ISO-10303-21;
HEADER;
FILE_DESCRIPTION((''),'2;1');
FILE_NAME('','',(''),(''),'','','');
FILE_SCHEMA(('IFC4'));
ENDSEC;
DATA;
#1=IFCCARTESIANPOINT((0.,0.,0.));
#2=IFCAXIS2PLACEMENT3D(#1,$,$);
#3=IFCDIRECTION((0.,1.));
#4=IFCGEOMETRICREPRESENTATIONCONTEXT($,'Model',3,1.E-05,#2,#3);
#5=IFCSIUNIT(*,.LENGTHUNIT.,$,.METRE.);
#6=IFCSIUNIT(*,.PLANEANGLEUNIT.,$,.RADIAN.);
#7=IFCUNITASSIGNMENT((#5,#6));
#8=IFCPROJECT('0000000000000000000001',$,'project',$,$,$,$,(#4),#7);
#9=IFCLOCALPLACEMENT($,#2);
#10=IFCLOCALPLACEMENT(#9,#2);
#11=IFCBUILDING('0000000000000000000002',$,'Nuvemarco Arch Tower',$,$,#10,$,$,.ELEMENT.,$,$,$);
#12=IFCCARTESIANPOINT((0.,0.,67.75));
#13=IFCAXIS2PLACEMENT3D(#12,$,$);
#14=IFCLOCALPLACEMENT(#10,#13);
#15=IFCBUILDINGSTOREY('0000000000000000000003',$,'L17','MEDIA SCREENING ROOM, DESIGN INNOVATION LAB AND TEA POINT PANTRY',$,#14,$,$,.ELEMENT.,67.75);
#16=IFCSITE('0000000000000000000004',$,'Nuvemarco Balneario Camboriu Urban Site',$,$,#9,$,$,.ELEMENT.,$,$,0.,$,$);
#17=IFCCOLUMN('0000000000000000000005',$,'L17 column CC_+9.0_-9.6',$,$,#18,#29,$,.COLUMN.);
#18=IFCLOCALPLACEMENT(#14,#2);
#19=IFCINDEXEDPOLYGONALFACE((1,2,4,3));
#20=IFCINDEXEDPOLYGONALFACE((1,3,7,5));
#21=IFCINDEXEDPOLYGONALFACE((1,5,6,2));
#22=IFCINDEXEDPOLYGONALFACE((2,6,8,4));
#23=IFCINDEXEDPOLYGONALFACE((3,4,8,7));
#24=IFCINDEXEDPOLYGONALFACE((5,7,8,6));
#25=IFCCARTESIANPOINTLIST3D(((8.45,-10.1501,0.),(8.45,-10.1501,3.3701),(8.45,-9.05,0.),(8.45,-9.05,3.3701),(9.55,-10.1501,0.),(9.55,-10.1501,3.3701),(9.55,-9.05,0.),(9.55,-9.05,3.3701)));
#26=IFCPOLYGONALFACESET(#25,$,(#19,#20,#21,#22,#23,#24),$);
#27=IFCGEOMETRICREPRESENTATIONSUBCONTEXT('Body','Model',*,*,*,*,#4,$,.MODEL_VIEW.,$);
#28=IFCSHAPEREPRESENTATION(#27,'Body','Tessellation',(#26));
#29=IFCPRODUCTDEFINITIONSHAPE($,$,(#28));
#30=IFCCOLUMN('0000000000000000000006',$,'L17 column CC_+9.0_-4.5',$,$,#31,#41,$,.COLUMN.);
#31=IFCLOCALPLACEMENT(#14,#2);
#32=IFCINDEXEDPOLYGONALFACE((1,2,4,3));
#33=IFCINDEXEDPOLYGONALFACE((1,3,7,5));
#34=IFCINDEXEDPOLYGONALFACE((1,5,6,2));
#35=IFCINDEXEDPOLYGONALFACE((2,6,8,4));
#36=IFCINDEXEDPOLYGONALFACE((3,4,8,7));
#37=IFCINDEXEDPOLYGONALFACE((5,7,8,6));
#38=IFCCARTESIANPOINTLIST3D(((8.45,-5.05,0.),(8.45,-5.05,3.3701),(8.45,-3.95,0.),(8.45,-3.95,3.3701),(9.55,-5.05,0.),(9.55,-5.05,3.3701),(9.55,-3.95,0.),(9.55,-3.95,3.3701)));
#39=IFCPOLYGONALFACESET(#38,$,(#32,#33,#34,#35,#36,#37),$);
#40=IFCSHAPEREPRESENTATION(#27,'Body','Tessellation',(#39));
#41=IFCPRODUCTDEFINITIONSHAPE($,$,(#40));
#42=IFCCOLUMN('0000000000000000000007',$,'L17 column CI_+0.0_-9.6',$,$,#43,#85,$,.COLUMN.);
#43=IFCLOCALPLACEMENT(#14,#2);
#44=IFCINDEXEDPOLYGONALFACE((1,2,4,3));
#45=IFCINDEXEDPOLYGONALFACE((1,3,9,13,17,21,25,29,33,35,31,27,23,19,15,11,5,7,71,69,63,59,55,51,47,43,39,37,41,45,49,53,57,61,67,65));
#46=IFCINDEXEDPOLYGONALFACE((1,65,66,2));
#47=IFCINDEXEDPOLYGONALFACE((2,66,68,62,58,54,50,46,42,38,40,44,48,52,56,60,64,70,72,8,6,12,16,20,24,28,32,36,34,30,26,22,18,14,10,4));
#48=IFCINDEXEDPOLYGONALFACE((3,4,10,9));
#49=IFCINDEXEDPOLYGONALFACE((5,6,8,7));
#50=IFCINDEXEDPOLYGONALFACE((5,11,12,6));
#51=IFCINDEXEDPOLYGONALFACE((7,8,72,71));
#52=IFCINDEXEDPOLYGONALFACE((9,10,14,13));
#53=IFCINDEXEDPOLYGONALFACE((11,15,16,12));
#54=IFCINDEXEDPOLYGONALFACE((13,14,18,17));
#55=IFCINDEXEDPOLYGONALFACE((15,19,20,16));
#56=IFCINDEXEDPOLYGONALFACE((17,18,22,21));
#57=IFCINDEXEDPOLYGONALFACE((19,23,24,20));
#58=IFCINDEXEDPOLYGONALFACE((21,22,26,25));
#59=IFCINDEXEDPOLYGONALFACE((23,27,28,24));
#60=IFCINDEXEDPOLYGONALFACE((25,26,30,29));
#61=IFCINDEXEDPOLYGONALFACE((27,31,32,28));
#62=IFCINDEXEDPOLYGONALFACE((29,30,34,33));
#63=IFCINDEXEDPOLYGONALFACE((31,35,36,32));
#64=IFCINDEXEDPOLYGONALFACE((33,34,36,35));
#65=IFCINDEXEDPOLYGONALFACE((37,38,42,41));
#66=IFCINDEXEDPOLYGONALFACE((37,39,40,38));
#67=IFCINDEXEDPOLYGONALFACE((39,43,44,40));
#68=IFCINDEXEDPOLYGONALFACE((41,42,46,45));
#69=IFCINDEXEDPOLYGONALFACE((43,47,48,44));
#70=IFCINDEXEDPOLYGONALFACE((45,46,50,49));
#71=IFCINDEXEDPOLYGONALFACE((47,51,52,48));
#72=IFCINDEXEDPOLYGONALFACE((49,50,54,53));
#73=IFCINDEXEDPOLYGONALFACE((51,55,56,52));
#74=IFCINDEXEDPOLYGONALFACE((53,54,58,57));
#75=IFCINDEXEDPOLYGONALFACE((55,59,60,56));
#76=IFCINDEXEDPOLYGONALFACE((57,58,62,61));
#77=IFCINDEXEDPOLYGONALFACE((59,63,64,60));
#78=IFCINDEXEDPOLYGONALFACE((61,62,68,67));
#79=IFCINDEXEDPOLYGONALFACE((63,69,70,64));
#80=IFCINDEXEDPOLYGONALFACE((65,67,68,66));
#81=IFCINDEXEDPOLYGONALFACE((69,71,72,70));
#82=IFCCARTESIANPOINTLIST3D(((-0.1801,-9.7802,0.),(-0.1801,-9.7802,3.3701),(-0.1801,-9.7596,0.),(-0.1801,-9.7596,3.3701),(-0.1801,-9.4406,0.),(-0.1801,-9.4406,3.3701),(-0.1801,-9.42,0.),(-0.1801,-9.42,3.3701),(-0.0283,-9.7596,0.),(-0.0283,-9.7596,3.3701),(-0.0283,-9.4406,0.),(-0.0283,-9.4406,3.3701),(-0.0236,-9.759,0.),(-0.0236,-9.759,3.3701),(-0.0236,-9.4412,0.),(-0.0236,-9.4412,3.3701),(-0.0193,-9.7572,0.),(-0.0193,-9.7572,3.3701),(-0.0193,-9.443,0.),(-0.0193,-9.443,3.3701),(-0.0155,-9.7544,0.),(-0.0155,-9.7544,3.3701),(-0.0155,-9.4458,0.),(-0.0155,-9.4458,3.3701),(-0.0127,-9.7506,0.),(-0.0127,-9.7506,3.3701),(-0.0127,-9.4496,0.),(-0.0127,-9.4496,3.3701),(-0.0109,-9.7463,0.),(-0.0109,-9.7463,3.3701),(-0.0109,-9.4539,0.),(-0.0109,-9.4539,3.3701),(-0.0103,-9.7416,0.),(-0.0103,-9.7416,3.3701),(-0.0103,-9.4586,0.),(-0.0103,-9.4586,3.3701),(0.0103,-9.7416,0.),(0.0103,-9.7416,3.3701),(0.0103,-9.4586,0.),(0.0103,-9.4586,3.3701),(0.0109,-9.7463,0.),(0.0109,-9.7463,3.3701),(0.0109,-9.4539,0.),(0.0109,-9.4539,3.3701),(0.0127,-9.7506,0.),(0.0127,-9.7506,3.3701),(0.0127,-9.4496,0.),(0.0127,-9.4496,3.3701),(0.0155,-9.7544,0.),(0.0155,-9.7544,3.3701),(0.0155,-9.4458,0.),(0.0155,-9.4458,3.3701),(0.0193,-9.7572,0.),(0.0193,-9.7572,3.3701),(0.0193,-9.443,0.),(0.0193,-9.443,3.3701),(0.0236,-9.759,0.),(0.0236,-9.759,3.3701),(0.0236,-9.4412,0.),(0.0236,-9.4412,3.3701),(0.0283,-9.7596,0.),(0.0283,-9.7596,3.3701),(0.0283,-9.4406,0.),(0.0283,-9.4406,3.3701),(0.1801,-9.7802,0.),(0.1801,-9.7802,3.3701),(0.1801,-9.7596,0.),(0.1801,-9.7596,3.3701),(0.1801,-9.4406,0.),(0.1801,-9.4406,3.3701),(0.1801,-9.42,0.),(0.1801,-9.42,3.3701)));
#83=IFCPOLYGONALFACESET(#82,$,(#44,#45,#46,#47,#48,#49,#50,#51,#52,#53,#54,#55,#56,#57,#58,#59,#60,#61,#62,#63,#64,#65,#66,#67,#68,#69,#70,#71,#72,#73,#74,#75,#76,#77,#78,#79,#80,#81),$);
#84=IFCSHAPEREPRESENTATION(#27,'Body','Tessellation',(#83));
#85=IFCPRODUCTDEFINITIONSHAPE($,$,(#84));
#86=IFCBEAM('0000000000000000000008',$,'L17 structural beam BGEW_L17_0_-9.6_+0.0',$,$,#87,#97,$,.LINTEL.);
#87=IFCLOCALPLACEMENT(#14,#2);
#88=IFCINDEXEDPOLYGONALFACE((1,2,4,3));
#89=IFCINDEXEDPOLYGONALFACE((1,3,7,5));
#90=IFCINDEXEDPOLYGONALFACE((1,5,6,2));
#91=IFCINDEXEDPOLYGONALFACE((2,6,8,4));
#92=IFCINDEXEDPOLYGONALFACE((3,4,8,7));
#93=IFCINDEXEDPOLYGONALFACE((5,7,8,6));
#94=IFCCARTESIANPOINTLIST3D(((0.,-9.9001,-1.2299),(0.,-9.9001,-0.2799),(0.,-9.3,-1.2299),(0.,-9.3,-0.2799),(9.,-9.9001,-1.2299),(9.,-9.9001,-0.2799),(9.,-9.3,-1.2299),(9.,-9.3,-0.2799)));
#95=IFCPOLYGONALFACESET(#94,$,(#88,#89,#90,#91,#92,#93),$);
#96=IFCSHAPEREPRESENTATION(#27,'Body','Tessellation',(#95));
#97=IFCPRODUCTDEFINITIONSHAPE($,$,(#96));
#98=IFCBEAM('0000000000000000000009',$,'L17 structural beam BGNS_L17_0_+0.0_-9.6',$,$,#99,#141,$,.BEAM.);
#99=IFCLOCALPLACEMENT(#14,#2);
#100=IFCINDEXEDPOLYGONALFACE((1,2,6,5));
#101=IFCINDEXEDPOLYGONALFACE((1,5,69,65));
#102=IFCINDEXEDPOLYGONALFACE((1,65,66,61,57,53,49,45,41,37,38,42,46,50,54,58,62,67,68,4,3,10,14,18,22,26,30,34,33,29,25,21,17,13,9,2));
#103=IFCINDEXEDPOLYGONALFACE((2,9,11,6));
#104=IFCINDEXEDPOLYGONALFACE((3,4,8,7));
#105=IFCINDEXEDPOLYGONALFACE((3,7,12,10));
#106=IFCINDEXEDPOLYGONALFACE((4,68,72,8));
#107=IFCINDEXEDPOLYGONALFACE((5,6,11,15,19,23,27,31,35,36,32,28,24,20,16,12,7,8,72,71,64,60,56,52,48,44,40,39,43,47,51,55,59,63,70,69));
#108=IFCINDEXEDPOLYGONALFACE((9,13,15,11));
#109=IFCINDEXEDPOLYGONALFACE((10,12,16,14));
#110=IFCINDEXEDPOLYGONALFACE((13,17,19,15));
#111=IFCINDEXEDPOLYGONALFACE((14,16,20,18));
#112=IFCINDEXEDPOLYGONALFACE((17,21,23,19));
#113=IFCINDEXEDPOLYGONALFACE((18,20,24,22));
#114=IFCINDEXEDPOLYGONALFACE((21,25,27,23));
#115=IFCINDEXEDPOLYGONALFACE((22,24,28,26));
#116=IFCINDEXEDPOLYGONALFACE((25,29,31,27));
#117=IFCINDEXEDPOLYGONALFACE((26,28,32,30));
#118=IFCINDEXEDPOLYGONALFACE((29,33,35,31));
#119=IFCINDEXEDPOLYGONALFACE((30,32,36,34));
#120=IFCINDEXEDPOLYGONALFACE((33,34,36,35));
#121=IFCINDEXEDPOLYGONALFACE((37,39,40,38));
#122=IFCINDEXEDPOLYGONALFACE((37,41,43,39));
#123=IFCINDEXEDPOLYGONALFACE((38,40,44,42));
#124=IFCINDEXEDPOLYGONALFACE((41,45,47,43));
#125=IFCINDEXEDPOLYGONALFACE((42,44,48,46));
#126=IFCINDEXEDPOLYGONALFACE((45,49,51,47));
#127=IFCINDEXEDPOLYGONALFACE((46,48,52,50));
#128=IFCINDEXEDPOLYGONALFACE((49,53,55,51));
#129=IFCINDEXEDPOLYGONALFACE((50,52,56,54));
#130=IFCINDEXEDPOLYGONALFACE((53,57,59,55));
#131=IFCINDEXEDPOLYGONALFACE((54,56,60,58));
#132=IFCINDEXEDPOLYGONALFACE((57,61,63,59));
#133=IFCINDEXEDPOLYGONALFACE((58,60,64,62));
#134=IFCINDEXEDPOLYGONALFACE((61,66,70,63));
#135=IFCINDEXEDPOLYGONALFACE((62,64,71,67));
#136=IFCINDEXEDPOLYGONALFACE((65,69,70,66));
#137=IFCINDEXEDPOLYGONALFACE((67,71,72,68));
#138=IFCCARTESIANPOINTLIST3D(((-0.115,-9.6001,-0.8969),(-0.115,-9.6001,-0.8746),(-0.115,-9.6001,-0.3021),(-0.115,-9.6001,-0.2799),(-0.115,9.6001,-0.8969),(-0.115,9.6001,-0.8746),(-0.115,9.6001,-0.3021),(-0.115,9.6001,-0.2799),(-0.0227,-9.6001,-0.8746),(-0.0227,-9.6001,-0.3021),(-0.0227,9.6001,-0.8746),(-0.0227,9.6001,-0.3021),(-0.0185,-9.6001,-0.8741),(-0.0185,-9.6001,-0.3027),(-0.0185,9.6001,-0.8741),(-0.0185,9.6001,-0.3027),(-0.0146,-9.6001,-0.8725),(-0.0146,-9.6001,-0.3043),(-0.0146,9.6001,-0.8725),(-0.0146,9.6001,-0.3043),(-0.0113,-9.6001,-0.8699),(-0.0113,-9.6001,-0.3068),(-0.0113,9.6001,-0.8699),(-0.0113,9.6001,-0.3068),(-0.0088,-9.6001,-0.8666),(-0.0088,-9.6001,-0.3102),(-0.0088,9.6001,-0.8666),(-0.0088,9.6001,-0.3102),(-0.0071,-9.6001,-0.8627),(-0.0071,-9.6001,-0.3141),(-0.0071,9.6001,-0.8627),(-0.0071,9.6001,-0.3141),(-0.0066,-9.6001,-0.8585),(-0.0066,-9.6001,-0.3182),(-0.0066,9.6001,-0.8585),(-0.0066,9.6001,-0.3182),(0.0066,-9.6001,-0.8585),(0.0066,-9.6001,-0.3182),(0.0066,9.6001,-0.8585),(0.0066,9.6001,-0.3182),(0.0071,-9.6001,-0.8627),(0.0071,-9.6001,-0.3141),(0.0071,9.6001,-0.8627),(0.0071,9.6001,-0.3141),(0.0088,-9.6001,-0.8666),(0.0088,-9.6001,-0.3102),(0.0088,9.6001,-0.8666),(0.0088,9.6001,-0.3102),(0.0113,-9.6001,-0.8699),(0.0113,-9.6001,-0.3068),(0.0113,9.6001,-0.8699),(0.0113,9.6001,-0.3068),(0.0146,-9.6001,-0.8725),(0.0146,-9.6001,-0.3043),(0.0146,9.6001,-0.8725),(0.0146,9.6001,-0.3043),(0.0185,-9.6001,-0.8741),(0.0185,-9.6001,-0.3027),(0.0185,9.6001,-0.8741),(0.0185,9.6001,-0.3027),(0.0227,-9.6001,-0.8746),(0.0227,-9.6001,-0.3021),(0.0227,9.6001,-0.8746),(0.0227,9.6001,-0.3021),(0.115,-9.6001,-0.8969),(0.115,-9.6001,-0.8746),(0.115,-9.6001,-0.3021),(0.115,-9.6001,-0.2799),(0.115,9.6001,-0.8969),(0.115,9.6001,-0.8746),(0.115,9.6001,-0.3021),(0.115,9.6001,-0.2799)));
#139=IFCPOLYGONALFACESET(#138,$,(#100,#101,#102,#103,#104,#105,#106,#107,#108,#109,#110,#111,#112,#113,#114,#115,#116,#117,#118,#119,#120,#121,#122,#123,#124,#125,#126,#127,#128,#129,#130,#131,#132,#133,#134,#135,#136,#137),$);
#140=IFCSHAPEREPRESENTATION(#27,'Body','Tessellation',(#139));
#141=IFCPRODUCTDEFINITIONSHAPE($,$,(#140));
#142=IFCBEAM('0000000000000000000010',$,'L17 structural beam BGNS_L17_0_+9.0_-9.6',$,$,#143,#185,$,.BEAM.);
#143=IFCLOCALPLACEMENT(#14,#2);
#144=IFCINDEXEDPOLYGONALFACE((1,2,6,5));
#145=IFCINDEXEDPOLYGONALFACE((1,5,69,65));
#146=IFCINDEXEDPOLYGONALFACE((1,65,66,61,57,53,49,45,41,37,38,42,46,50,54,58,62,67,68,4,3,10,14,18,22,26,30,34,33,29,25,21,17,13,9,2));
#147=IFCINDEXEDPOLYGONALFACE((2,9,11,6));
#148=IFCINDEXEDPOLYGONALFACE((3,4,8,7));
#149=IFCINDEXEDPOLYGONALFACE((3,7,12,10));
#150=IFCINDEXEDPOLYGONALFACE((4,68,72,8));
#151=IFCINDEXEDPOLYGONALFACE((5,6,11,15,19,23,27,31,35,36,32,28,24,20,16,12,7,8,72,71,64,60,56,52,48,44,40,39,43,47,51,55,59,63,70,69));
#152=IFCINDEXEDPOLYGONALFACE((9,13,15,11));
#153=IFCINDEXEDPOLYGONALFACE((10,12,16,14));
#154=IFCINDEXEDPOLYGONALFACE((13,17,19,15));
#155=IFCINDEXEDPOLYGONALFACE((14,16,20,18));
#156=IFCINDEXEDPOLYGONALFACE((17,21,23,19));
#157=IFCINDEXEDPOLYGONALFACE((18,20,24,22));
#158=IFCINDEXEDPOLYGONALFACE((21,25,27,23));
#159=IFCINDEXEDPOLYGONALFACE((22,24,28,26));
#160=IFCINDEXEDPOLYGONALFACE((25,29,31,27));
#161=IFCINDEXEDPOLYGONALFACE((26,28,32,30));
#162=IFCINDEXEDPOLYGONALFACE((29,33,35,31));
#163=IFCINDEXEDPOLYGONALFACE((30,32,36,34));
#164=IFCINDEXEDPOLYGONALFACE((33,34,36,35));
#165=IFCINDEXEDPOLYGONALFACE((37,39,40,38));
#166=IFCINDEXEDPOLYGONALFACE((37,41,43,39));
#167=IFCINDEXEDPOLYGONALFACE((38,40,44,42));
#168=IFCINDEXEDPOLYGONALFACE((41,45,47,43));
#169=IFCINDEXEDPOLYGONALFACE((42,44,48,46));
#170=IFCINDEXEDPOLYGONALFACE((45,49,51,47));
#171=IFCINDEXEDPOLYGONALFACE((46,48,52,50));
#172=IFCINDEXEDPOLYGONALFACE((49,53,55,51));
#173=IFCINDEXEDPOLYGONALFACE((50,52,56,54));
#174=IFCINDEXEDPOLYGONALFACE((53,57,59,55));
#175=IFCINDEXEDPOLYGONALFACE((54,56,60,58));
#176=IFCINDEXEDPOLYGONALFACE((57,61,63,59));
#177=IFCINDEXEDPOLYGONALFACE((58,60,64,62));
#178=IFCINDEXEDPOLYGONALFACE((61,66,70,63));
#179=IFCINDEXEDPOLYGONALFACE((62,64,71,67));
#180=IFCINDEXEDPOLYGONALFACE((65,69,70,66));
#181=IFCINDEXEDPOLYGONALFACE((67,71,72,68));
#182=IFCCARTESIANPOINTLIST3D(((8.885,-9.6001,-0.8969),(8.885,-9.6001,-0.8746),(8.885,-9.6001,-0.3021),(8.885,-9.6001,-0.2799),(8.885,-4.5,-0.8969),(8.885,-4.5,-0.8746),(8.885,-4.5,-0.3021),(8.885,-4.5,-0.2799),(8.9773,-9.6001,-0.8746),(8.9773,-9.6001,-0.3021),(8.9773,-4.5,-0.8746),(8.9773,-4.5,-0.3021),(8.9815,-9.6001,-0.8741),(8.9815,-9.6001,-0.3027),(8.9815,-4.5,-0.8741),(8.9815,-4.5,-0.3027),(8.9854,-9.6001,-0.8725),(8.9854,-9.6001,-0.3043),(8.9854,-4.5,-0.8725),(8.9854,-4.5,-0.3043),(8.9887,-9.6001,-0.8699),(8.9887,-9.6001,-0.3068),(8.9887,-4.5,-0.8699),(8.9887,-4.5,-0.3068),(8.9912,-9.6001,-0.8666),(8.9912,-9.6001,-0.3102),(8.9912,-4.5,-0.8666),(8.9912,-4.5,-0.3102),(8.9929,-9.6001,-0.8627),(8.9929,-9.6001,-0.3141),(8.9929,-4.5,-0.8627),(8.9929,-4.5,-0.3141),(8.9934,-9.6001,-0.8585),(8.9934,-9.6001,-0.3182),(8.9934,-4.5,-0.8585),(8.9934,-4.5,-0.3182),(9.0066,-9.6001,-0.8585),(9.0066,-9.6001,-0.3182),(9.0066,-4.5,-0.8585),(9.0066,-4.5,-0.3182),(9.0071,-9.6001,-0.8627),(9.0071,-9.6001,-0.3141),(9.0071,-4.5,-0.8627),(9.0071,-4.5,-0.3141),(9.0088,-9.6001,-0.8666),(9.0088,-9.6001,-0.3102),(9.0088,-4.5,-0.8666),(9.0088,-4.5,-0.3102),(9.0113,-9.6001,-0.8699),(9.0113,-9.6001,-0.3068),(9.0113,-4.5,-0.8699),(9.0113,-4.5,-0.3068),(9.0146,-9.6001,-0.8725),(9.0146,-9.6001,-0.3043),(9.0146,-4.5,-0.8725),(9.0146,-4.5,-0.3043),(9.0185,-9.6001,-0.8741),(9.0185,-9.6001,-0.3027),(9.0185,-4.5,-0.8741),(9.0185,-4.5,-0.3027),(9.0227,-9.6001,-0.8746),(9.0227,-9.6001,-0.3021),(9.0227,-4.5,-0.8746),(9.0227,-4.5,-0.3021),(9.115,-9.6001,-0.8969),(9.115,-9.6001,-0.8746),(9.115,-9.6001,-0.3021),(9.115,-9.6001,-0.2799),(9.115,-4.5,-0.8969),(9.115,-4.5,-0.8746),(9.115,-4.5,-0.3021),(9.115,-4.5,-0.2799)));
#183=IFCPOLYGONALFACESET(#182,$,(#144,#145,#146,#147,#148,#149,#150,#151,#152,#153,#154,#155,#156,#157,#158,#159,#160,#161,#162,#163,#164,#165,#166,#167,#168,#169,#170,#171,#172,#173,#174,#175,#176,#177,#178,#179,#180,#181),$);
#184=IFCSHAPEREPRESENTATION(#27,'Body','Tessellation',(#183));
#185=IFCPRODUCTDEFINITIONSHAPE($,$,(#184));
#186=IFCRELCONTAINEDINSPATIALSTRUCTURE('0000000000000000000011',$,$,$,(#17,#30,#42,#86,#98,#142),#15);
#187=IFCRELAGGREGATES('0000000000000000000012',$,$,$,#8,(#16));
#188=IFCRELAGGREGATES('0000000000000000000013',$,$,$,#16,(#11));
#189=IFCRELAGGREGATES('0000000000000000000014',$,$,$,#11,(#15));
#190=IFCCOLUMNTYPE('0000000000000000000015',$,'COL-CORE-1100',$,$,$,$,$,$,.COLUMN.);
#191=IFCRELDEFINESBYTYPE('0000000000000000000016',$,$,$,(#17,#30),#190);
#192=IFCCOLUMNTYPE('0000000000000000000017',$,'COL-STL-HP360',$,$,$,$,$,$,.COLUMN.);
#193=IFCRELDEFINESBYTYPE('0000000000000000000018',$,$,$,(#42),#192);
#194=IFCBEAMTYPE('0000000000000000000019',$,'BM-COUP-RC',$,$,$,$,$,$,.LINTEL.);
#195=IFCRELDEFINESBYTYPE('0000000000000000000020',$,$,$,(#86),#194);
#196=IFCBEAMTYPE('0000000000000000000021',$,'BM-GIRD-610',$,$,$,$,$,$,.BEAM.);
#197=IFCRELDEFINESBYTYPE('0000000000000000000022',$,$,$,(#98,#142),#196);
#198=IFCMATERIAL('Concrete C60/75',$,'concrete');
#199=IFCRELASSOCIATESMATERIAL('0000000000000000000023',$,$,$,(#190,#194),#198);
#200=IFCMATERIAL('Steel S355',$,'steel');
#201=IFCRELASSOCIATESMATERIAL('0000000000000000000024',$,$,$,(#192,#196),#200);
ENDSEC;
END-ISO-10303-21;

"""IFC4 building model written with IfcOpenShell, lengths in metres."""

from ifc_helpers import new_model, si_unit, direction, frame, origin, origin_2d, place, context, subcontext, project, spatial, rectangle, i_section, extrude, material, material_profile, profile_set, type_object, element, save


model = new_model("IFC4")

# Units and contexts
model_context = context("Model", 3, precision=1e-05, world=origin(), true_north=direction((0.0, 1.0)))
body_context = subcontext(model_context, "Body", "Model", "MODEL_VIEW")
ifc_project = project(units=[si_unit("LENGTHUNIT", "METRE"), si_unit("PLANEANGLEUNIT", "RADIAN")], contexts=[model_context])

# Site, building, storey
site_placement = place(None, origin())
site = spatial("IfcSite", under=ifc_project, at=site_placement, Name="Nuvemarco Balneario Camboriu Urban Site", CompositionType="ELEMENT", RefElevation=0.0)
building_placement = place(site_placement, origin())
building = spatial("IfcBuilding", under=site, at=building_placement, Name="Nuvemarco Arch Tower", CompositionType="ELEMENT")
storey_placement = place(building_placement, frame((0.0, 0.0, 67.75)))
storey = spatial("IfcBuildingStorey", under=building, at=storey_placement, Name="L17", Description="MEDIA SCREENING ROOM, DESIGN INNOVATION LAB AND TEA POINT PANTRY", CompositionType="ELEMENT", Elevation=67.75)

# Columns
ifc_material_1 = material(Name="Concrete C60/75", Category="concrete")
ifc_material_profile_1 = material_profile(ifc_material_1, rectangle(XDim=1.1001, YDim=1.1001, at=origin_2d()), Name="RC-COL-1100x1100")
ifc_profile_set_1 = profile_set([ifc_material_profile_1], Name="Concrete C60/75")
column_type_1 = type_object("IfcColumnType", Name="COL-CORE-1100", PredefinedType="COLUMN", material=ifc_profile_set_1)
for number, where, z_axis, x_axis, name in (
    (1, (9.0, -9.6001, 0.0), (0.0, 0.0, 1.0), (1.0, 0.0, 0.0), "L17 column CC_+9.0_-9.6"),
    (2, (9.0, -4.5, 0.0), (0.0, 0.0, 1.0), (1.0, 0.0, 0.0), "L17 column CC_+9.0_-4.5"),
):
    element("IfcColumn", number, at=place(storey_placement, frame(where, z_axis=z_axis, x_axis=x_axis)), inside=storey, type_object=column_type_1, Name=name, PredefinedType="COLUMN", context=body_context, shape_type="SweptSolid", body=[
        extrude(rectangle(XDim=1.1001, YDim=1.1001, at=origin_2d()), origin(), (0.0, 0.0, 1.0), 3.3701),
    ])
ifc_material_2 = material(Name="Steel S355", Category="steel")
ifc_material_profile_2 = material_profile(ifc_material_2, i_section(OverallWidth=0.3601, OverallDepth=0.3601, WebThickness=0.0205, FlangeThickness=0.0205, FilletRadius=0.0181, at=origin_2d()), Name="HP360x174")
ifc_profile_set_2 = profile_set([ifc_material_profile_2], Name="Steel S355")
column_type_2 = type_object("IfcColumnType", Name="COL-STL-HP360", PredefinedType="COLUMN", material=ifc_profile_set_2)
column_placement = place(storey_placement, frame((0.0, -9.6001, 0.0), z_axis=(0.0, 0.0, 1.0), x_axis=(1.0, 0.0, 0.0)))
element("IfcColumn", 3, at=column_placement, inside=storey, type_object=column_type_2, Name="L17 column CI_+0.0_-9.6", PredefinedType="COLUMN", context=body_context, shape_type="SweptSolid", body=[
    extrude(i_section(OverallWidth=0.3601, OverallDepth=0.3601, WebThickness=0.0205, FlangeThickness=0.0205, FilletRadius=0.0181, at=origin_2d()), origin(), (0.0, 0.0, 1.0), 3.3701),
])

# Beams
ifc_material_profile_3 = material_profile(ifc_material_1, rectangle(XDim=0.6001, YDim=0.95, at=origin_2d()), Name="RC-BM-600x950")
ifc_profile_set_3 = profile_set([ifc_material_profile_3], Name="Concrete C60/75")
beam_type_1 = type_object("IfcBeamType", Name="BM-COUP-RC", PredefinedType="LINTEL", material=ifc_profile_set_3)
beam_1_placement = place(storey_placement, frame((0.0, -9.6001, -0.7549), z_axis=(1.0, 0.0, 0.0), x_axis=(0.0, 1.0, 0.0)))
element("IfcBeam", 4, at=beam_1_placement, inside=storey, type_object=beam_type_1, Name="L17 structural beam BGEW_L17_0_-9.6_+0.0", PredefinedType="LINTEL", context=body_context, shape_type="SweptSolid", body=[
    extrude(rectangle(XDim=0.6001, YDim=0.95, at=origin_2d()), origin(), (0.0, 0.0, 1.0), 9.0),
])
ifc_material_profile_4 = material_profile(ifc_material_2, i_section(OverallWidth=0.23, OverallDepth=0.6169, WebThickness=0.0132, FlangeThickness=0.0222, FilletRadius=0.0161, at=origin_2d()), Name="W610x140")
ifc_profile_set_4 = profile_set([ifc_material_profile_4], Name="Steel S355")
beam_type_2 = type_object("IfcBeamType", Name="BM-GIRD-610", PredefinedType="BEAM", material=ifc_profile_set_4)
beam_2_placement = place(storey_placement, frame((0.0, -9.6001, -0.5884), z_axis=(0.0, 1.0, 0.0), x_axis=(-1.0, 0.0, 0.0)))
element("IfcBeam", 5, at=beam_2_placement, inside=storey, type_object=beam_type_2, Name="L17 structural beam BGNS_L17_0_+0.0_-9.6", PredefinedType="BEAM", context=body_context, shape_type="SweptSolid", body=[
    extrude(i_section(OverallWidth=0.23, OverallDepth=0.6169, WebThickness=0.0132, FlangeThickness=0.0222, FilletRadius=0.0161, at=origin_2d()), origin(), (0.0, 0.0, 1.0), 19.2002),
])
beam_3_placement = place(storey_placement, frame((9.0, -9.6001, -0.5884), z_axis=(0.0, 1.0, 0.0), x_axis=(-1.0, 0.0, 0.0)))
element("IfcBeam", 6, at=beam_3_placement, inside=storey, type_object=beam_type_2, Name="L17 structural beam BGNS_L17_0_+9.0_-9.6", PredefinedType="BEAM", context=body_context, shape_type="SweptSolid", body=[
    extrude(i_section(OverallWidth=0.23, OverallDepth=0.6169, WebThickness=0.0132, FlangeThickness=0.0222, FilletRadius=0.0161, at=origin_2d()), origin(), (0.0, 0.0, 1.0), 5.1001),
])

save(model, "model.ifc")
